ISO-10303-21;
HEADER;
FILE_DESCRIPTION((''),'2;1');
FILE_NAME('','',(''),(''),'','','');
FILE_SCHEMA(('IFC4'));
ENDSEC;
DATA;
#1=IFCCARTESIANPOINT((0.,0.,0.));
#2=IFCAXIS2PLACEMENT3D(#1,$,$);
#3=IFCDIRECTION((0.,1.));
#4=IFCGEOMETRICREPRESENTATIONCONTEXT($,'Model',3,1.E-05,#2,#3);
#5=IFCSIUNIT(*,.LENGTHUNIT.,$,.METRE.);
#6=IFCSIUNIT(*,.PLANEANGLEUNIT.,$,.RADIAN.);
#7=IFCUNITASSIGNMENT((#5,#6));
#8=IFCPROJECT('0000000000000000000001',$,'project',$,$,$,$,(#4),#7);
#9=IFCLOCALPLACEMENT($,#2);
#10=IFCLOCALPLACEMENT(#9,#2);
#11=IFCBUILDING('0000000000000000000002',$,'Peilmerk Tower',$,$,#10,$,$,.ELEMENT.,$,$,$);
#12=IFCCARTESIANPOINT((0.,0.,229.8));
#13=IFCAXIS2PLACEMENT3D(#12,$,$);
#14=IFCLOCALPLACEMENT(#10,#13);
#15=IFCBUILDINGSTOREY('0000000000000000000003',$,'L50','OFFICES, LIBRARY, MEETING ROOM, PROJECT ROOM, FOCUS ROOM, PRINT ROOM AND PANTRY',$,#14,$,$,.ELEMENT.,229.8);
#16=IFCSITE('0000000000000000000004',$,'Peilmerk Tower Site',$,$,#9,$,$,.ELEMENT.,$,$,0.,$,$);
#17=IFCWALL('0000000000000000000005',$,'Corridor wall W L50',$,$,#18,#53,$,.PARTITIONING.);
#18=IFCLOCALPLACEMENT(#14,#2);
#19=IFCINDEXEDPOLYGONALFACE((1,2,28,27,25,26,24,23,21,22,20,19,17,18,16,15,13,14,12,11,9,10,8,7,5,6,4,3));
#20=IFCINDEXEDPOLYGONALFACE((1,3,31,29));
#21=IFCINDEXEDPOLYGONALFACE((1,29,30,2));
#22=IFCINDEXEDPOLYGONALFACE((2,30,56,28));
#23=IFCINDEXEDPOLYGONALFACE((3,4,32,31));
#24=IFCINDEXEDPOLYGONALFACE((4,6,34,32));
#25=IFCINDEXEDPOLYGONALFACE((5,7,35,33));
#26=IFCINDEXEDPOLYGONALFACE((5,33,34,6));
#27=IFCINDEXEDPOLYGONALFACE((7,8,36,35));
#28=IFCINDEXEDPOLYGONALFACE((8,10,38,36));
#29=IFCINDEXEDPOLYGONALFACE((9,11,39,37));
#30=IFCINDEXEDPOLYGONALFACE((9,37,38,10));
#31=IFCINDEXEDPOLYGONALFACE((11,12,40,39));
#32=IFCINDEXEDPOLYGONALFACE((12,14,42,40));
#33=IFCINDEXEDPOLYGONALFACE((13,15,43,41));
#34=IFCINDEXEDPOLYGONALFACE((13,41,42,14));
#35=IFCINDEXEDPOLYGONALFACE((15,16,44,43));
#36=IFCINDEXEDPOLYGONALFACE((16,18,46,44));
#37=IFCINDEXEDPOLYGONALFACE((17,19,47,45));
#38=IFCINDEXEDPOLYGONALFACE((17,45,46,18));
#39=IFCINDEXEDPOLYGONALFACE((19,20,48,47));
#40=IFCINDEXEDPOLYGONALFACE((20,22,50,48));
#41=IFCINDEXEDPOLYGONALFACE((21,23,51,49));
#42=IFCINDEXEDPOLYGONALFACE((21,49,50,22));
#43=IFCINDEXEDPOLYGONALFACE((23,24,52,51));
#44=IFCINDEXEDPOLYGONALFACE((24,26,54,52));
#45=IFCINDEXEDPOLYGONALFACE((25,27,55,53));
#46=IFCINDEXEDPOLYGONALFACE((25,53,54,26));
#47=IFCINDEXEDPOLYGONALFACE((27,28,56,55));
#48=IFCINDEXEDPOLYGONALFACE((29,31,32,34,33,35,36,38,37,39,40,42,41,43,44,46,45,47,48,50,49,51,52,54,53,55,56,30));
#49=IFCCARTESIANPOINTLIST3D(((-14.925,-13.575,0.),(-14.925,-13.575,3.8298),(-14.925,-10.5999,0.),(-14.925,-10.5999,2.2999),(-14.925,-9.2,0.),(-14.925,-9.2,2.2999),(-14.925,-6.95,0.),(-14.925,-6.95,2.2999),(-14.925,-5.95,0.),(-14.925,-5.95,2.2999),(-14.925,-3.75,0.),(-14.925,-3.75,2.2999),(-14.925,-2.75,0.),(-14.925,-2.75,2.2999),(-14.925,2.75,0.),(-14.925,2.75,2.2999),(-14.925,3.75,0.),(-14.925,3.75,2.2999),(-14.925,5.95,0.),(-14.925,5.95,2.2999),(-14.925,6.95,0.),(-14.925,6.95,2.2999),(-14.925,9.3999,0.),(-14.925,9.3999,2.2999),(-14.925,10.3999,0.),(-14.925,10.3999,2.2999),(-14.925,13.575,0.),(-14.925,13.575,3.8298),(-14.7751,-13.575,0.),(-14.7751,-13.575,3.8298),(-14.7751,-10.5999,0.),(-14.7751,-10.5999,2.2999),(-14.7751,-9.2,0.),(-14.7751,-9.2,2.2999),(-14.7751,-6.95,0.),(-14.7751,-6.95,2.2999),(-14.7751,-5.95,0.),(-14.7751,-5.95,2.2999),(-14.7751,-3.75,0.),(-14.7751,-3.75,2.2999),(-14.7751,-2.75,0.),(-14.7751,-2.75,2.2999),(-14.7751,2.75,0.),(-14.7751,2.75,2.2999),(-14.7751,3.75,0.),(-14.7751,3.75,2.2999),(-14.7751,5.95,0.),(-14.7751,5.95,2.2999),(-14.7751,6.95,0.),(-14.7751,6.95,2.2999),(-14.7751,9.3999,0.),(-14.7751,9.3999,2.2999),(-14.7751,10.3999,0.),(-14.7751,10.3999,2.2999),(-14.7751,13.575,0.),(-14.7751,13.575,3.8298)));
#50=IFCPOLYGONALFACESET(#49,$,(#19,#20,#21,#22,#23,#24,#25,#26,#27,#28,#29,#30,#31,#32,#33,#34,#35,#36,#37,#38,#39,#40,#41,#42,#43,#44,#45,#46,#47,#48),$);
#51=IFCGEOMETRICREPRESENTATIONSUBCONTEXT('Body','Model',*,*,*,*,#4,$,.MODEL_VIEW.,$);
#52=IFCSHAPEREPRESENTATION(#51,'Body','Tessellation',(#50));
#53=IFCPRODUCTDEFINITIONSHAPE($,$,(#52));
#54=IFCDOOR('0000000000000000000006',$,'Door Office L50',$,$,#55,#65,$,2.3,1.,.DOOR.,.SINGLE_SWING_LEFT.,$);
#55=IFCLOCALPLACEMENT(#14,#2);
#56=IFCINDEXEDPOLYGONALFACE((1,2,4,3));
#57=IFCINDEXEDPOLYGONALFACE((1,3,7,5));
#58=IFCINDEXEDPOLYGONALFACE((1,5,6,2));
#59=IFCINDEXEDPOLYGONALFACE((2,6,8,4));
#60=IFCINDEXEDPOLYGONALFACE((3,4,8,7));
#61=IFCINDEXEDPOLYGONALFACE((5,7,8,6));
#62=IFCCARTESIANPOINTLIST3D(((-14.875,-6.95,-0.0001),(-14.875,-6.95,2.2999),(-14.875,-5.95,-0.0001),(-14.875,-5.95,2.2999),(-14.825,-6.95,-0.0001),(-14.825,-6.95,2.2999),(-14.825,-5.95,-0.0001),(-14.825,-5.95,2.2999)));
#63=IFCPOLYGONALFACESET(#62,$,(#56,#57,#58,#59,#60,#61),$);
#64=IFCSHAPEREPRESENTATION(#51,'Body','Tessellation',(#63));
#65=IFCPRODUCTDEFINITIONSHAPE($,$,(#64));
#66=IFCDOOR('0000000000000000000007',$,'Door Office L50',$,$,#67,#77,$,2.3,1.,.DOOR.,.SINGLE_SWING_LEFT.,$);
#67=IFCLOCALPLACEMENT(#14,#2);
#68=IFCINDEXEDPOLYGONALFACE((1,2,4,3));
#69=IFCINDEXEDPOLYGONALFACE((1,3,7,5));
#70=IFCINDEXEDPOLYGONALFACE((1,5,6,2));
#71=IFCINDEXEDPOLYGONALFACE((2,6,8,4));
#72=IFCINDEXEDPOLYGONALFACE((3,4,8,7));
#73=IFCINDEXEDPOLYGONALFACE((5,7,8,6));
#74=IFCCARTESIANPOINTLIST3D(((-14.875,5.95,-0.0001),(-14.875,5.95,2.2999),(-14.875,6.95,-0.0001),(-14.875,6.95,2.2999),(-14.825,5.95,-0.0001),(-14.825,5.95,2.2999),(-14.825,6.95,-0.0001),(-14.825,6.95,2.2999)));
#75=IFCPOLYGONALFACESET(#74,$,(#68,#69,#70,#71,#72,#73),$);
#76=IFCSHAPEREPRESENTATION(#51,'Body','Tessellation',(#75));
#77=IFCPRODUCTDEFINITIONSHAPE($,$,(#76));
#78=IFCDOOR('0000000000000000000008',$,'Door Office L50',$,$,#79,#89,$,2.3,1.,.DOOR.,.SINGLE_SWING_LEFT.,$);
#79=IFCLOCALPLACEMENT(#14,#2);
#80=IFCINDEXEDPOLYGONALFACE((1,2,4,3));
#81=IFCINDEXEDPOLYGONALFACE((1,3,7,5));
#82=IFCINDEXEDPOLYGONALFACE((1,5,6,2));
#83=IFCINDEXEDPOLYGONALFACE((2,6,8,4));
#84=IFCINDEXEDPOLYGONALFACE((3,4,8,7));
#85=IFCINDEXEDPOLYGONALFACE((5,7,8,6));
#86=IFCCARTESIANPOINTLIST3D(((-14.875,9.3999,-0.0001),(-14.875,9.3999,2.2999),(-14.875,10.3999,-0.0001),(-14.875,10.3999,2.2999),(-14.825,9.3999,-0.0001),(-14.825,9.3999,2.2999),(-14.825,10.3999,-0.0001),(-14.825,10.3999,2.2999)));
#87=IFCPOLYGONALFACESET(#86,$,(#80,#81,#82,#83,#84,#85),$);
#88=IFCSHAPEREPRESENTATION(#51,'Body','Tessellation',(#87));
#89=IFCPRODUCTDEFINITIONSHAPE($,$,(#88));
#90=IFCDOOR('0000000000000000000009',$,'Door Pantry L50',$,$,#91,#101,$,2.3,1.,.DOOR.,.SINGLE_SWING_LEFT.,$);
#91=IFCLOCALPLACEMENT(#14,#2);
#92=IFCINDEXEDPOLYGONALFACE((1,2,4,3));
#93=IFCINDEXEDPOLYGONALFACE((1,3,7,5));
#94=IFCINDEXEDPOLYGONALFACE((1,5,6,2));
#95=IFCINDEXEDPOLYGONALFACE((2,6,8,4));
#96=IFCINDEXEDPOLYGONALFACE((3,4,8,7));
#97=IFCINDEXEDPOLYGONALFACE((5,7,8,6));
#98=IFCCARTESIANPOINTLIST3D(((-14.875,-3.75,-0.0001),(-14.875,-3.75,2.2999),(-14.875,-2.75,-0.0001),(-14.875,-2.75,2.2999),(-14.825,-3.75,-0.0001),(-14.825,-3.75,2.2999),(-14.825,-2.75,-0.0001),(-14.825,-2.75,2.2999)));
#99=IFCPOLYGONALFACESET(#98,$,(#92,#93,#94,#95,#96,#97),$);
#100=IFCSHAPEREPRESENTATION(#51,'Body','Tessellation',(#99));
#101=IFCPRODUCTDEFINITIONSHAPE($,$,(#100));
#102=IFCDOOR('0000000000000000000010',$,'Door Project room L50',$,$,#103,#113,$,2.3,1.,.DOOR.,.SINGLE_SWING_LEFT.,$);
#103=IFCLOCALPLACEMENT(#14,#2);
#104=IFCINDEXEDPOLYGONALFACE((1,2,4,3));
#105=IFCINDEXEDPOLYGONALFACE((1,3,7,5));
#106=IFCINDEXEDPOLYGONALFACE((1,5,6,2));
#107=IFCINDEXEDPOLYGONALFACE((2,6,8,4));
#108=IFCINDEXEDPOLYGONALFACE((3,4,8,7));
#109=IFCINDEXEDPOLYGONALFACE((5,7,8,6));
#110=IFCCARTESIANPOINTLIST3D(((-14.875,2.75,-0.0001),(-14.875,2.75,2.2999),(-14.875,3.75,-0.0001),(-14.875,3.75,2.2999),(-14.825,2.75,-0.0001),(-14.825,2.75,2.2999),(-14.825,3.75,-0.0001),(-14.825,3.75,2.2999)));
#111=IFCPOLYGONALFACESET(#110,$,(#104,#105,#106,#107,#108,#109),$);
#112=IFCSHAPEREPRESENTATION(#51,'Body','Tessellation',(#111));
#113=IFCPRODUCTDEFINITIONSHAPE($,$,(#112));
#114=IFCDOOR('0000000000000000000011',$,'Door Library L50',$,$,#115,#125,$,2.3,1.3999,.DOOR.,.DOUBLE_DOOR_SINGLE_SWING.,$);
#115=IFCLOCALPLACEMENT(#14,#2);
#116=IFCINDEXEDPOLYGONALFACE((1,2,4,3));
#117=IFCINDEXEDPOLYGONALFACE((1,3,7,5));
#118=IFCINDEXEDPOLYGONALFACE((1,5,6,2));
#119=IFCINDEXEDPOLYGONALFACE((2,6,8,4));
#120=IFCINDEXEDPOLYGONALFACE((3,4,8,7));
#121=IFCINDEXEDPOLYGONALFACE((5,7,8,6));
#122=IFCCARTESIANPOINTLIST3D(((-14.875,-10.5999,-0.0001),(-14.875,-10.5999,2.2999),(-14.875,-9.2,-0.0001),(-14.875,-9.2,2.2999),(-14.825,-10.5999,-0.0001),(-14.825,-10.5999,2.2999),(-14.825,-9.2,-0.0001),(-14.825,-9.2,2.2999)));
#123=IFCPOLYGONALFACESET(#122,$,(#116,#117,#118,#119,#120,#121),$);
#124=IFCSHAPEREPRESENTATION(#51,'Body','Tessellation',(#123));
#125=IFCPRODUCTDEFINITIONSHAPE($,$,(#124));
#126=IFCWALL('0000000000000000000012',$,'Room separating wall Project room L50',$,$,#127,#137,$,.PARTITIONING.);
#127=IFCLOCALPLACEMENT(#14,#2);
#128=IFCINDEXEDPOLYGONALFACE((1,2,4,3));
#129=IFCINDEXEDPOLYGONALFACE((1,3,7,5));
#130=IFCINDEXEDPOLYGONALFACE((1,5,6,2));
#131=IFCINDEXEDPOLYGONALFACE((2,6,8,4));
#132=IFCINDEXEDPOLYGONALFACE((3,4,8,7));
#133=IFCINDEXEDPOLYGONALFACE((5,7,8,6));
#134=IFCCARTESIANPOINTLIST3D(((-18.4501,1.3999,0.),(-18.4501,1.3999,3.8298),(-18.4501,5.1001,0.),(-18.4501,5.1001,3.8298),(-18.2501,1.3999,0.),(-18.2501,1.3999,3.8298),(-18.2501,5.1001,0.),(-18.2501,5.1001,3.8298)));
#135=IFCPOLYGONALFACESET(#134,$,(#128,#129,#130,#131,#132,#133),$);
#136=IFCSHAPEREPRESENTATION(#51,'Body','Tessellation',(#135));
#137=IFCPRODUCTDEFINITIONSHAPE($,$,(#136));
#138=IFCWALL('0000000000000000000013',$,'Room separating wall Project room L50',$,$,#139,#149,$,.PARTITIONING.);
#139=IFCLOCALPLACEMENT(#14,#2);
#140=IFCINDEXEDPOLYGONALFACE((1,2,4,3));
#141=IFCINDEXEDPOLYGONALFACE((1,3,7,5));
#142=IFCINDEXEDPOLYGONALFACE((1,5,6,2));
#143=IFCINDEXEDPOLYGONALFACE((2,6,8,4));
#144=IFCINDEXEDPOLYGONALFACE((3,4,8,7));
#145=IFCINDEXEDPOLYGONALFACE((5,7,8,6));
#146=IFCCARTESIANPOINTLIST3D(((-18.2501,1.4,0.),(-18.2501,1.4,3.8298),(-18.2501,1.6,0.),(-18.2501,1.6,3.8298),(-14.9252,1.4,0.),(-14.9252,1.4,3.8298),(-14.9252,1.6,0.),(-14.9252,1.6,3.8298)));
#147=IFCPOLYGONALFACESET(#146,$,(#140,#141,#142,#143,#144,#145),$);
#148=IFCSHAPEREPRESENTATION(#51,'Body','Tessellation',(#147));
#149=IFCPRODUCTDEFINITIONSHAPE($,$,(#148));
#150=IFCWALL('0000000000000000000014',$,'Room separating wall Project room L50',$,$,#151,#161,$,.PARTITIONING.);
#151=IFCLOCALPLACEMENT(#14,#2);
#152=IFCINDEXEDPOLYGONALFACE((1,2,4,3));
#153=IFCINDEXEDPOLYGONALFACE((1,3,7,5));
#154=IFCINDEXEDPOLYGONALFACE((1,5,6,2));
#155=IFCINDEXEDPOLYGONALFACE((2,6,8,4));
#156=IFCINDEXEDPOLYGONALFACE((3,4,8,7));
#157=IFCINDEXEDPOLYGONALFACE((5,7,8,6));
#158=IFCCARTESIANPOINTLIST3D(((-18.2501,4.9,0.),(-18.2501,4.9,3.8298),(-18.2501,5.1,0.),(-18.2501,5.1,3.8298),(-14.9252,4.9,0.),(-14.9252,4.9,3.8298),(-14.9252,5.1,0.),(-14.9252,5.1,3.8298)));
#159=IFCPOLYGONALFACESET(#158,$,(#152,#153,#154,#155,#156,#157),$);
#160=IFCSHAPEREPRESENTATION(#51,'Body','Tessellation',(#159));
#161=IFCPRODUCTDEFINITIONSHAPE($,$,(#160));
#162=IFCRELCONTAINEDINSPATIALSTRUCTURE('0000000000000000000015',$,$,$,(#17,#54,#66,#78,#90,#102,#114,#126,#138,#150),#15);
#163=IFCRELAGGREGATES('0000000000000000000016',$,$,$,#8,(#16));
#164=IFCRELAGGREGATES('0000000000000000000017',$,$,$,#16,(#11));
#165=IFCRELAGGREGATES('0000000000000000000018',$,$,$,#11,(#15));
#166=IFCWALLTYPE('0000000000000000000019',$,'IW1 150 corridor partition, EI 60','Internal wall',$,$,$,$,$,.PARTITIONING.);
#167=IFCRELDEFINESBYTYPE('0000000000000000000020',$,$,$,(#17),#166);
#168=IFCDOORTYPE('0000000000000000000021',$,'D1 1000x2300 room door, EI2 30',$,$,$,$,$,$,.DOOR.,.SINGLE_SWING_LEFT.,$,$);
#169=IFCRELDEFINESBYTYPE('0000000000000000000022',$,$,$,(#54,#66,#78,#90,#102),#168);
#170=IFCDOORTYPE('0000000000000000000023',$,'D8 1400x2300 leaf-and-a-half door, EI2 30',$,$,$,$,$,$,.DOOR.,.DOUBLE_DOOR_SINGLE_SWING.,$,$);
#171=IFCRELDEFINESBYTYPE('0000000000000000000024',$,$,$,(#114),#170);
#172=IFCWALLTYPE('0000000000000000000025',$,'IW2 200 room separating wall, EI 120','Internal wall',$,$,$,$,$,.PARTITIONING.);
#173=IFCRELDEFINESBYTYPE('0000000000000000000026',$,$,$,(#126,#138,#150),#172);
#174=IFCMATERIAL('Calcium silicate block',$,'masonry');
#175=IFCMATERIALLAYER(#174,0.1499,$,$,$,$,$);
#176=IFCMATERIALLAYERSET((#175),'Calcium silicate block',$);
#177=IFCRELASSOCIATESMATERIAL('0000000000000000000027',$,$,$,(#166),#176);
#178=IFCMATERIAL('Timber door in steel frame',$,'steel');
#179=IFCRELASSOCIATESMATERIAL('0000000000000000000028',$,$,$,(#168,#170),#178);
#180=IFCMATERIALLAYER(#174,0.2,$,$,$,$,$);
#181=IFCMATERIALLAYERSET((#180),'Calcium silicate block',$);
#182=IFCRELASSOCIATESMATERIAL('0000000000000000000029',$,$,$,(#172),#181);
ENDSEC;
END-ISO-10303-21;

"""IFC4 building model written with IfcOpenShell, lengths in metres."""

from ifc_helpers import new_model, si_unit, direction, frame, frame_2d, origin, place, context, subcontext, project, spatial, rectangle, extrude, material, layer, layer_set, type_object, element, fill, save


model = new_model("IFC4")

# Units and contexts
model_context = context("Model", 3, precision=1e-05, world=origin(), true_north=direction((0.0, 1.0)))
body_context = subcontext(model_context, "Body", "Model", "MODEL_VIEW")
ifc_project = project(units=[si_unit("LENGTHUNIT", "METRE"), si_unit("PLANEANGLEUNIT", "RADIAN")], contexts=[model_context])

# Site, building, storey
site_placement = place(None, origin())
site = spatial("IfcSite", under=ifc_project, at=site_placement, Name="Peilmerk Tower Site", CompositionType="ELEMENT", RefElevation=0.0)
building_placement = place(site_placement, origin())
building = spatial("IfcBuilding", under=site, at=building_placement, Name="Peilmerk Tower", CompositionType="ELEMENT")
storey_placement = place(building_placement, frame((0.0, 0.0, 229.8)))
storey = spatial("IfcBuildingStorey", under=building, at=storey_placement, Name="L50", Description="OFFICES, LIBRARY, MEETING ROOM, PROJECT ROOM, FOCUS ROOM, PRINT ROOM AND PANTRY", CompositionType="ELEMENT", Elevation=229.8)

# Wall, openings, doors
ifc_material_1 = material(Name="Calcium silicate block", Category="masonry")
ifc_layer_1 = layer(ifc_material_1, 0.1499)
ifc_layer_set_1 = layer_set([ifc_layer_1], Name="Calcium silicate block")
wall_type_1 = type_object("IfcWallType", Name="IW1 150 corridor partition, EI 60", Description="Internal wall", PredefinedType="PARTITIONING", material=ifc_layer_set_1)
wall_1_placement = place(storey_placement, frame((-14.8501, 13.575, 0.0), z_axis=(0.0, 0.0, 1.0), x_axis=(0.0, -1.0, 0.0)))
wall_1 = element("IfcWall", 1, at=wall_1_placement, inside=storey, type_object=wall_type_1, Name="Corridor wall W L50", PredefinedType="PARTITIONING", context=body_context, shape_type="SweptSolid", body=[
    extrude(rectangle(XDim=27.1499, YDim=0.1499, at=frame_2d((13.575, 0.0))), origin(), (0.0, 0.0, 1.0), 3.8298),
])
opening_1_placement = place(wall_1_placement, frame((22.7749, 0.0, 0.0)))
opening_1 = element("IfcOpeningElement", 2, at=opening_1_placement, cuts=wall_1, PredefinedType="OPENING", context=body_context, shape_type="SweptSolid", body=[
    extrude(rectangle(XDim=1.3999, YDim=2.3, at=frame_2d((0.7, 1.1499))), frame((0.0, 0.085, 0.0), z_axis=(0.0, -1.0, 0.0), x_axis=(1.0, 0.0, 0.0)), (0.0, 0.0, 1.0), 0.1699),
])
opening_2_placement = place(wall_1_placement, frame((19.5249, 0.0, 0.0)))
opening_2 = element("IfcOpeningElement", 3, at=opening_2_placement, cuts=wall_1, PredefinedType="OPENING", context=body_context, shape_type="SweptSolid", body=[
    extrude(rectangle(XDim=1.0, YDim=2.3, at=frame_2d((0.5, 1.1499))), frame((0.0, 0.085, 0.0), z_axis=(0.0, -1.0, 0.0), x_axis=(1.0, 0.0, 0.0)), (0.0, 0.0, 1.0), 0.1699),
])
opening_3_placement = place(wall_1_placement, frame((6.625, 0.0, 0.0)))
opening_3 = element("IfcOpeningElement", 4, at=opening_3_placement, cuts=wall_1, PredefinedType="OPENING", context=body_context, shape_type="SweptSolid", body=[
    extrude(rectangle(XDim=1.0, YDim=2.3, at=frame_2d((0.5, 1.1499))), frame((0.0, 0.085, 0.0), z_axis=(0.0, -1.0, 0.0), x_axis=(1.0, 0.0, 0.0)), (0.0, 0.0, 1.0), 0.1699),
])
opening_4_placement = place(wall_1_placement, frame((3.175, 0.0, 0.0)))
opening_4 = element("IfcOpeningElement", 5, at=opening_4_placement, cuts=wall_1, PredefinedType="OPENING", context=body_context, shape_type="SweptSolid", body=[
    extrude(rectangle(XDim=1.0, YDim=2.3, at=frame_2d((0.5, 1.1499))), frame((0.0, 0.085, 0.0), z_axis=(0.0, -1.0, 0.0), x_axis=(1.0, 0.0, 0.0)), (0.0, 0.0, 1.0), 0.1699),
])
opening_5_placement = place(wall_1_placement, frame((16.325, 0.0, 0.0)))
opening_5 = element("IfcOpeningElement", 6, at=opening_5_placement, cuts=wall_1, PredefinedType="OPENING", context=body_context, shape_type="SweptSolid", body=[
    extrude(rectangle(XDim=1.0, YDim=2.3, at=frame_2d((0.5, 1.1499))), frame((0.0, 0.085, 0.0), z_axis=(0.0, -1.0, 0.0), x_axis=(1.0, 0.0, 0.0)), (0.0, 0.0, 1.0), 0.1699),
])
opening_6_placement = place(wall_1_placement, frame((9.825, 0.0, 0.0)))
opening_6 = element("IfcOpeningElement", 7, at=opening_6_placement, cuts=wall_1, PredefinedType="OPENING", context=body_context, shape_type="SweptSolid", body=[
    extrude(rectangle(XDim=1.0, YDim=2.3, at=frame_2d((0.5, 1.1499))), frame((0.0, 0.085, 0.0), z_axis=(0.0, -1.0, 0.0), x_axis=(1.0, 0.0, 0.0)), (0.0, 0.0, 1.0), 0.1699),
])
ifc_material_2 = material(Name="Timber door in steel frame", Category="steel")
door_type_1 = type_object("IfcDoorType", Name="D1 1000x2300 room door, EI2 30", OperationType="SINGLE_SWING_LEFT", PredefinedType="DOOR", material=ifc_material_2)
door_1_placement = place(opening_2_placement, frame((1.0, 0.0, 0.0), z_axis=(0.0, 0.0, 1.0), x_axis=(-1.0, 0.0, 0.0)))
door_1 = element("IfcDoor", 8, at=door_1_placement, inside=storey, type_object=door_type_1, Name="Door Office L50", OperationType="SINGLE_SWING_LEFT", OverallHeight=2.3, OverallWidth=1.0, PredefinedType="DOOR", context=body_context, shape_type="SweptSolid", body=[
    extrude(rectangle(XDim=1.0, YDim=2.3, at=frame_2d((0.5, 1.1499))), frame((0.0, 0.0249, 0.0), z_axis=(0.0, -1.0, 0.0), x_axis=(1.0, 0.0, 0.0)), (0.0, 0.0, 1.0), 0.05),
])
fill(opening_2, door_1)
door_2_placement = place(opening_3_placement, frame((1.0, 0.0, 0.0), z_axis=(0.0, 0.0, 1.0), x_axis=(-1.0, 0.0, 0.0)))
door_2 = element("IfcDoor", 9, at=door_2_placement, inside=storey, type_object=door_type_1, Name="Door Office L50", OperationType="SINGLE_SWING_LEFT", OverallHeight=2.3, OverallWidth=1.0, PredefinedType="DOOR", context=body_context, shape_type="SweptSolid", body=[
    extrude(rectangle(XDim=1.0, YDim=2.3, at=frame_2d((0.5, 1.1499))), frame((0.0, 0.0249, 0.0), z_axis=(0.0, -1.0, 0.0), x_axis=(1.0, 0.0, 0.0)), (0.0, 0.0, 1.0), 0.05),
])
fill(opening_3, door_2)
door_3_placement = place(opening_4_placement, frame((1.0, 0.0, 0.0), z_axis=(0.0, 0.0, 1.0), x_axis=(-1.0, 0.0, 0.0)))
door_3 = element("IfcDoor", 10, at=door_3_placement, inside=storey, type_object=door_type_1, Name="Door Office L50", OperationType="SINGLE_SWING_LEFT", OverallHeight=2.3, OverallWidth=1.0, PredefinedType="DOOR", context=body_context, shape_type="SweptSolid", body=[
    extrude(rectangle(XDim=1.0, YDim=2.3, at=frame_2d((0.5, 1.1499))), frame((0.0, 0.0249, 0.0), z_axis=(0.0, -1.0, 0.0), x_axis=(1.0, 0.0, 0.0)), (0.0, 0.0, 1.0), 0.05),
])
fill(opening_4, door_3)
door_4_placement = place(opening_5_placement, frame((1.0, 0.0, 0.0), z_axis=(0.0, 0.0, 1.0), x_axis=(-1.0, 0.0, 0.0)))
door_4 = element("IfcDoor", 11, at=door_4_placement, inside=storey, type_object=door_type_1, Name="Door Pantry L50", OperationType="SINGLE_SWING_LEFT", OverallHeight=2.3, OverallWidth=1.0, PredefinedType="DOOR", context=body_context, shape_type="SweptSolid", body=[
    extrude(rectangle(XDim=1.0, YDim=2.3, at=frame_2d((0.5, 1.1499))), frame((0.0, 0.0249, 0.0), z_axis=(0.0, -1.0, 0.0), x_axis=(1.0, 0.0, 0.0)), (0.0, 0.0, 1.0), 0.05),
])
fill(opening_5, door_4)
door_5_placement = place(opening_6_placement, frame((1.0, 0.0, 0.0), z_axis=(0.0, 0.0, 1.0), x_axis=(-1.0, 0.0, 0.0)))
door_5 = element("IfcDoor", 12, at=door_5_placement, inside=storey, type_object=door_type_1, Name="Door Project room L50", OperationType="SINGLE_SWING_LEFT", OverallHeight=2.3, OverallWidth=1.0, PredefinedType="DOOR", context=body_context, shape_type="SweptSolid", body=[
    extrude(rectangle(XDim=1.0, YDim=2.3, at=frame_2d((0.5, 1.1499))), frame((0.0, 0.0249, 0.0), z_axis=(0.0, -1.0, 0.0), x_axis=(1.0, 0.0, 0.0)), (0.0, 0.0, 1.0), 0.05),
])
fill(opening_6, door_5)
door_type_2 = type_object("IfcDoorType", Name="D8 1400x2300 leaf-and-a-half door, EI2 30", OperationType="DOUBLE_DOOR_SINGLE_SWING", PredefinedType="DOOR", material=ifc_material_2)
door_6_placement = place(opening_1_placement, frame((1.3999, 0.0, 0.0), z_axis=(0.0, 0.0, 1.0), x_axis=(-1.0, 0.0, 0.0)))
door_6 = element("IfcDoor", 13, at=door_6_placement, inside=storey, type_object=door_type_2, Name="Door Library L50", OperationType="DOUBLE_DOOR_SINGLE_SWING", OverallHeight=2.3, OverallWidth=1.3999, PredefinedType="DOOR", context=body_context, shape_type="SweptSolid", body=[
    extrude(rectangle(XDim=1.3999, YDim=2.3, at=frame_2d((0.7, 1.1499))), frame((0.0, 0.0249, 0.0), z_axis=(0.0, -1.0, 0.0), x_axis=(1.0, 0.0, 0.0)), (0.0, 0.0, 1.0), 0.05),
])
fill(opening_1, door_6)

# Walls
ifc_layer_2 = layer(ifc_material_1, 0.2)
ifc_layer_set_2 = layer_set([ifc_layer_2], Name="Calcium silicate block")
wall_type_2 = type_object("IfcWallType", Name="IW2 200 room separating wall, EI 120", Description="Internal wall", PredefinedType="PARTITIONING", material=ifc_layer_set_2)
wall_2_placement = place(storey_placement, frame((-18.3501, 1.3999, 0.0), z_axis=(0.0, 0.0, 1.0), x_axis=(0.0, 1.0, 0.0)))
element("IfcWall", 14, at=wall_2_placement, inside=storey, type_object=wall_type_2, Name="Room separating wall Project room L50", PredefinedType="PARTITIONING", context=body_context, shape_type="SweptSolid", body=[
    extrude(rectangle(XDim=3.7002, YDim=0.2, at=frame_2d((1.8501, 0.0))), origin(), (0.0, 0.0, 1.0), 3.8298),
])
for number, where, z_axis, x_axis, name in (
    (15, (-14.925, 1.5, 0.0), (0.0, 0.0, 1.0), (-1.0, 0.0, 0.0), "Room separating wall Project room L50"),
    (16, (-14.925, 5.0, 0.0), (0.0, 0.0, 1.0), (-1.0, 0.0, 0.0), "Room separating wall Project room L50"),
):
    element("IfcWall", number, at=place(storey_placement, frame(where, z_axis=z_axis, x_axis=x_axis)), inside=storey, type_object=wall_type_2, Name=name, PredefinedType="PARTITIONING", context=body_context, shape_type="SweptSolid", body=[
        extrude(rectangle(XDim=3.325, YDim=0.2, at=frame_2d((1.6626, 0.0))), origin(), (0.0, 0.0, 1.0), 3.8298),
    ])

save(model, "model.ifc")
